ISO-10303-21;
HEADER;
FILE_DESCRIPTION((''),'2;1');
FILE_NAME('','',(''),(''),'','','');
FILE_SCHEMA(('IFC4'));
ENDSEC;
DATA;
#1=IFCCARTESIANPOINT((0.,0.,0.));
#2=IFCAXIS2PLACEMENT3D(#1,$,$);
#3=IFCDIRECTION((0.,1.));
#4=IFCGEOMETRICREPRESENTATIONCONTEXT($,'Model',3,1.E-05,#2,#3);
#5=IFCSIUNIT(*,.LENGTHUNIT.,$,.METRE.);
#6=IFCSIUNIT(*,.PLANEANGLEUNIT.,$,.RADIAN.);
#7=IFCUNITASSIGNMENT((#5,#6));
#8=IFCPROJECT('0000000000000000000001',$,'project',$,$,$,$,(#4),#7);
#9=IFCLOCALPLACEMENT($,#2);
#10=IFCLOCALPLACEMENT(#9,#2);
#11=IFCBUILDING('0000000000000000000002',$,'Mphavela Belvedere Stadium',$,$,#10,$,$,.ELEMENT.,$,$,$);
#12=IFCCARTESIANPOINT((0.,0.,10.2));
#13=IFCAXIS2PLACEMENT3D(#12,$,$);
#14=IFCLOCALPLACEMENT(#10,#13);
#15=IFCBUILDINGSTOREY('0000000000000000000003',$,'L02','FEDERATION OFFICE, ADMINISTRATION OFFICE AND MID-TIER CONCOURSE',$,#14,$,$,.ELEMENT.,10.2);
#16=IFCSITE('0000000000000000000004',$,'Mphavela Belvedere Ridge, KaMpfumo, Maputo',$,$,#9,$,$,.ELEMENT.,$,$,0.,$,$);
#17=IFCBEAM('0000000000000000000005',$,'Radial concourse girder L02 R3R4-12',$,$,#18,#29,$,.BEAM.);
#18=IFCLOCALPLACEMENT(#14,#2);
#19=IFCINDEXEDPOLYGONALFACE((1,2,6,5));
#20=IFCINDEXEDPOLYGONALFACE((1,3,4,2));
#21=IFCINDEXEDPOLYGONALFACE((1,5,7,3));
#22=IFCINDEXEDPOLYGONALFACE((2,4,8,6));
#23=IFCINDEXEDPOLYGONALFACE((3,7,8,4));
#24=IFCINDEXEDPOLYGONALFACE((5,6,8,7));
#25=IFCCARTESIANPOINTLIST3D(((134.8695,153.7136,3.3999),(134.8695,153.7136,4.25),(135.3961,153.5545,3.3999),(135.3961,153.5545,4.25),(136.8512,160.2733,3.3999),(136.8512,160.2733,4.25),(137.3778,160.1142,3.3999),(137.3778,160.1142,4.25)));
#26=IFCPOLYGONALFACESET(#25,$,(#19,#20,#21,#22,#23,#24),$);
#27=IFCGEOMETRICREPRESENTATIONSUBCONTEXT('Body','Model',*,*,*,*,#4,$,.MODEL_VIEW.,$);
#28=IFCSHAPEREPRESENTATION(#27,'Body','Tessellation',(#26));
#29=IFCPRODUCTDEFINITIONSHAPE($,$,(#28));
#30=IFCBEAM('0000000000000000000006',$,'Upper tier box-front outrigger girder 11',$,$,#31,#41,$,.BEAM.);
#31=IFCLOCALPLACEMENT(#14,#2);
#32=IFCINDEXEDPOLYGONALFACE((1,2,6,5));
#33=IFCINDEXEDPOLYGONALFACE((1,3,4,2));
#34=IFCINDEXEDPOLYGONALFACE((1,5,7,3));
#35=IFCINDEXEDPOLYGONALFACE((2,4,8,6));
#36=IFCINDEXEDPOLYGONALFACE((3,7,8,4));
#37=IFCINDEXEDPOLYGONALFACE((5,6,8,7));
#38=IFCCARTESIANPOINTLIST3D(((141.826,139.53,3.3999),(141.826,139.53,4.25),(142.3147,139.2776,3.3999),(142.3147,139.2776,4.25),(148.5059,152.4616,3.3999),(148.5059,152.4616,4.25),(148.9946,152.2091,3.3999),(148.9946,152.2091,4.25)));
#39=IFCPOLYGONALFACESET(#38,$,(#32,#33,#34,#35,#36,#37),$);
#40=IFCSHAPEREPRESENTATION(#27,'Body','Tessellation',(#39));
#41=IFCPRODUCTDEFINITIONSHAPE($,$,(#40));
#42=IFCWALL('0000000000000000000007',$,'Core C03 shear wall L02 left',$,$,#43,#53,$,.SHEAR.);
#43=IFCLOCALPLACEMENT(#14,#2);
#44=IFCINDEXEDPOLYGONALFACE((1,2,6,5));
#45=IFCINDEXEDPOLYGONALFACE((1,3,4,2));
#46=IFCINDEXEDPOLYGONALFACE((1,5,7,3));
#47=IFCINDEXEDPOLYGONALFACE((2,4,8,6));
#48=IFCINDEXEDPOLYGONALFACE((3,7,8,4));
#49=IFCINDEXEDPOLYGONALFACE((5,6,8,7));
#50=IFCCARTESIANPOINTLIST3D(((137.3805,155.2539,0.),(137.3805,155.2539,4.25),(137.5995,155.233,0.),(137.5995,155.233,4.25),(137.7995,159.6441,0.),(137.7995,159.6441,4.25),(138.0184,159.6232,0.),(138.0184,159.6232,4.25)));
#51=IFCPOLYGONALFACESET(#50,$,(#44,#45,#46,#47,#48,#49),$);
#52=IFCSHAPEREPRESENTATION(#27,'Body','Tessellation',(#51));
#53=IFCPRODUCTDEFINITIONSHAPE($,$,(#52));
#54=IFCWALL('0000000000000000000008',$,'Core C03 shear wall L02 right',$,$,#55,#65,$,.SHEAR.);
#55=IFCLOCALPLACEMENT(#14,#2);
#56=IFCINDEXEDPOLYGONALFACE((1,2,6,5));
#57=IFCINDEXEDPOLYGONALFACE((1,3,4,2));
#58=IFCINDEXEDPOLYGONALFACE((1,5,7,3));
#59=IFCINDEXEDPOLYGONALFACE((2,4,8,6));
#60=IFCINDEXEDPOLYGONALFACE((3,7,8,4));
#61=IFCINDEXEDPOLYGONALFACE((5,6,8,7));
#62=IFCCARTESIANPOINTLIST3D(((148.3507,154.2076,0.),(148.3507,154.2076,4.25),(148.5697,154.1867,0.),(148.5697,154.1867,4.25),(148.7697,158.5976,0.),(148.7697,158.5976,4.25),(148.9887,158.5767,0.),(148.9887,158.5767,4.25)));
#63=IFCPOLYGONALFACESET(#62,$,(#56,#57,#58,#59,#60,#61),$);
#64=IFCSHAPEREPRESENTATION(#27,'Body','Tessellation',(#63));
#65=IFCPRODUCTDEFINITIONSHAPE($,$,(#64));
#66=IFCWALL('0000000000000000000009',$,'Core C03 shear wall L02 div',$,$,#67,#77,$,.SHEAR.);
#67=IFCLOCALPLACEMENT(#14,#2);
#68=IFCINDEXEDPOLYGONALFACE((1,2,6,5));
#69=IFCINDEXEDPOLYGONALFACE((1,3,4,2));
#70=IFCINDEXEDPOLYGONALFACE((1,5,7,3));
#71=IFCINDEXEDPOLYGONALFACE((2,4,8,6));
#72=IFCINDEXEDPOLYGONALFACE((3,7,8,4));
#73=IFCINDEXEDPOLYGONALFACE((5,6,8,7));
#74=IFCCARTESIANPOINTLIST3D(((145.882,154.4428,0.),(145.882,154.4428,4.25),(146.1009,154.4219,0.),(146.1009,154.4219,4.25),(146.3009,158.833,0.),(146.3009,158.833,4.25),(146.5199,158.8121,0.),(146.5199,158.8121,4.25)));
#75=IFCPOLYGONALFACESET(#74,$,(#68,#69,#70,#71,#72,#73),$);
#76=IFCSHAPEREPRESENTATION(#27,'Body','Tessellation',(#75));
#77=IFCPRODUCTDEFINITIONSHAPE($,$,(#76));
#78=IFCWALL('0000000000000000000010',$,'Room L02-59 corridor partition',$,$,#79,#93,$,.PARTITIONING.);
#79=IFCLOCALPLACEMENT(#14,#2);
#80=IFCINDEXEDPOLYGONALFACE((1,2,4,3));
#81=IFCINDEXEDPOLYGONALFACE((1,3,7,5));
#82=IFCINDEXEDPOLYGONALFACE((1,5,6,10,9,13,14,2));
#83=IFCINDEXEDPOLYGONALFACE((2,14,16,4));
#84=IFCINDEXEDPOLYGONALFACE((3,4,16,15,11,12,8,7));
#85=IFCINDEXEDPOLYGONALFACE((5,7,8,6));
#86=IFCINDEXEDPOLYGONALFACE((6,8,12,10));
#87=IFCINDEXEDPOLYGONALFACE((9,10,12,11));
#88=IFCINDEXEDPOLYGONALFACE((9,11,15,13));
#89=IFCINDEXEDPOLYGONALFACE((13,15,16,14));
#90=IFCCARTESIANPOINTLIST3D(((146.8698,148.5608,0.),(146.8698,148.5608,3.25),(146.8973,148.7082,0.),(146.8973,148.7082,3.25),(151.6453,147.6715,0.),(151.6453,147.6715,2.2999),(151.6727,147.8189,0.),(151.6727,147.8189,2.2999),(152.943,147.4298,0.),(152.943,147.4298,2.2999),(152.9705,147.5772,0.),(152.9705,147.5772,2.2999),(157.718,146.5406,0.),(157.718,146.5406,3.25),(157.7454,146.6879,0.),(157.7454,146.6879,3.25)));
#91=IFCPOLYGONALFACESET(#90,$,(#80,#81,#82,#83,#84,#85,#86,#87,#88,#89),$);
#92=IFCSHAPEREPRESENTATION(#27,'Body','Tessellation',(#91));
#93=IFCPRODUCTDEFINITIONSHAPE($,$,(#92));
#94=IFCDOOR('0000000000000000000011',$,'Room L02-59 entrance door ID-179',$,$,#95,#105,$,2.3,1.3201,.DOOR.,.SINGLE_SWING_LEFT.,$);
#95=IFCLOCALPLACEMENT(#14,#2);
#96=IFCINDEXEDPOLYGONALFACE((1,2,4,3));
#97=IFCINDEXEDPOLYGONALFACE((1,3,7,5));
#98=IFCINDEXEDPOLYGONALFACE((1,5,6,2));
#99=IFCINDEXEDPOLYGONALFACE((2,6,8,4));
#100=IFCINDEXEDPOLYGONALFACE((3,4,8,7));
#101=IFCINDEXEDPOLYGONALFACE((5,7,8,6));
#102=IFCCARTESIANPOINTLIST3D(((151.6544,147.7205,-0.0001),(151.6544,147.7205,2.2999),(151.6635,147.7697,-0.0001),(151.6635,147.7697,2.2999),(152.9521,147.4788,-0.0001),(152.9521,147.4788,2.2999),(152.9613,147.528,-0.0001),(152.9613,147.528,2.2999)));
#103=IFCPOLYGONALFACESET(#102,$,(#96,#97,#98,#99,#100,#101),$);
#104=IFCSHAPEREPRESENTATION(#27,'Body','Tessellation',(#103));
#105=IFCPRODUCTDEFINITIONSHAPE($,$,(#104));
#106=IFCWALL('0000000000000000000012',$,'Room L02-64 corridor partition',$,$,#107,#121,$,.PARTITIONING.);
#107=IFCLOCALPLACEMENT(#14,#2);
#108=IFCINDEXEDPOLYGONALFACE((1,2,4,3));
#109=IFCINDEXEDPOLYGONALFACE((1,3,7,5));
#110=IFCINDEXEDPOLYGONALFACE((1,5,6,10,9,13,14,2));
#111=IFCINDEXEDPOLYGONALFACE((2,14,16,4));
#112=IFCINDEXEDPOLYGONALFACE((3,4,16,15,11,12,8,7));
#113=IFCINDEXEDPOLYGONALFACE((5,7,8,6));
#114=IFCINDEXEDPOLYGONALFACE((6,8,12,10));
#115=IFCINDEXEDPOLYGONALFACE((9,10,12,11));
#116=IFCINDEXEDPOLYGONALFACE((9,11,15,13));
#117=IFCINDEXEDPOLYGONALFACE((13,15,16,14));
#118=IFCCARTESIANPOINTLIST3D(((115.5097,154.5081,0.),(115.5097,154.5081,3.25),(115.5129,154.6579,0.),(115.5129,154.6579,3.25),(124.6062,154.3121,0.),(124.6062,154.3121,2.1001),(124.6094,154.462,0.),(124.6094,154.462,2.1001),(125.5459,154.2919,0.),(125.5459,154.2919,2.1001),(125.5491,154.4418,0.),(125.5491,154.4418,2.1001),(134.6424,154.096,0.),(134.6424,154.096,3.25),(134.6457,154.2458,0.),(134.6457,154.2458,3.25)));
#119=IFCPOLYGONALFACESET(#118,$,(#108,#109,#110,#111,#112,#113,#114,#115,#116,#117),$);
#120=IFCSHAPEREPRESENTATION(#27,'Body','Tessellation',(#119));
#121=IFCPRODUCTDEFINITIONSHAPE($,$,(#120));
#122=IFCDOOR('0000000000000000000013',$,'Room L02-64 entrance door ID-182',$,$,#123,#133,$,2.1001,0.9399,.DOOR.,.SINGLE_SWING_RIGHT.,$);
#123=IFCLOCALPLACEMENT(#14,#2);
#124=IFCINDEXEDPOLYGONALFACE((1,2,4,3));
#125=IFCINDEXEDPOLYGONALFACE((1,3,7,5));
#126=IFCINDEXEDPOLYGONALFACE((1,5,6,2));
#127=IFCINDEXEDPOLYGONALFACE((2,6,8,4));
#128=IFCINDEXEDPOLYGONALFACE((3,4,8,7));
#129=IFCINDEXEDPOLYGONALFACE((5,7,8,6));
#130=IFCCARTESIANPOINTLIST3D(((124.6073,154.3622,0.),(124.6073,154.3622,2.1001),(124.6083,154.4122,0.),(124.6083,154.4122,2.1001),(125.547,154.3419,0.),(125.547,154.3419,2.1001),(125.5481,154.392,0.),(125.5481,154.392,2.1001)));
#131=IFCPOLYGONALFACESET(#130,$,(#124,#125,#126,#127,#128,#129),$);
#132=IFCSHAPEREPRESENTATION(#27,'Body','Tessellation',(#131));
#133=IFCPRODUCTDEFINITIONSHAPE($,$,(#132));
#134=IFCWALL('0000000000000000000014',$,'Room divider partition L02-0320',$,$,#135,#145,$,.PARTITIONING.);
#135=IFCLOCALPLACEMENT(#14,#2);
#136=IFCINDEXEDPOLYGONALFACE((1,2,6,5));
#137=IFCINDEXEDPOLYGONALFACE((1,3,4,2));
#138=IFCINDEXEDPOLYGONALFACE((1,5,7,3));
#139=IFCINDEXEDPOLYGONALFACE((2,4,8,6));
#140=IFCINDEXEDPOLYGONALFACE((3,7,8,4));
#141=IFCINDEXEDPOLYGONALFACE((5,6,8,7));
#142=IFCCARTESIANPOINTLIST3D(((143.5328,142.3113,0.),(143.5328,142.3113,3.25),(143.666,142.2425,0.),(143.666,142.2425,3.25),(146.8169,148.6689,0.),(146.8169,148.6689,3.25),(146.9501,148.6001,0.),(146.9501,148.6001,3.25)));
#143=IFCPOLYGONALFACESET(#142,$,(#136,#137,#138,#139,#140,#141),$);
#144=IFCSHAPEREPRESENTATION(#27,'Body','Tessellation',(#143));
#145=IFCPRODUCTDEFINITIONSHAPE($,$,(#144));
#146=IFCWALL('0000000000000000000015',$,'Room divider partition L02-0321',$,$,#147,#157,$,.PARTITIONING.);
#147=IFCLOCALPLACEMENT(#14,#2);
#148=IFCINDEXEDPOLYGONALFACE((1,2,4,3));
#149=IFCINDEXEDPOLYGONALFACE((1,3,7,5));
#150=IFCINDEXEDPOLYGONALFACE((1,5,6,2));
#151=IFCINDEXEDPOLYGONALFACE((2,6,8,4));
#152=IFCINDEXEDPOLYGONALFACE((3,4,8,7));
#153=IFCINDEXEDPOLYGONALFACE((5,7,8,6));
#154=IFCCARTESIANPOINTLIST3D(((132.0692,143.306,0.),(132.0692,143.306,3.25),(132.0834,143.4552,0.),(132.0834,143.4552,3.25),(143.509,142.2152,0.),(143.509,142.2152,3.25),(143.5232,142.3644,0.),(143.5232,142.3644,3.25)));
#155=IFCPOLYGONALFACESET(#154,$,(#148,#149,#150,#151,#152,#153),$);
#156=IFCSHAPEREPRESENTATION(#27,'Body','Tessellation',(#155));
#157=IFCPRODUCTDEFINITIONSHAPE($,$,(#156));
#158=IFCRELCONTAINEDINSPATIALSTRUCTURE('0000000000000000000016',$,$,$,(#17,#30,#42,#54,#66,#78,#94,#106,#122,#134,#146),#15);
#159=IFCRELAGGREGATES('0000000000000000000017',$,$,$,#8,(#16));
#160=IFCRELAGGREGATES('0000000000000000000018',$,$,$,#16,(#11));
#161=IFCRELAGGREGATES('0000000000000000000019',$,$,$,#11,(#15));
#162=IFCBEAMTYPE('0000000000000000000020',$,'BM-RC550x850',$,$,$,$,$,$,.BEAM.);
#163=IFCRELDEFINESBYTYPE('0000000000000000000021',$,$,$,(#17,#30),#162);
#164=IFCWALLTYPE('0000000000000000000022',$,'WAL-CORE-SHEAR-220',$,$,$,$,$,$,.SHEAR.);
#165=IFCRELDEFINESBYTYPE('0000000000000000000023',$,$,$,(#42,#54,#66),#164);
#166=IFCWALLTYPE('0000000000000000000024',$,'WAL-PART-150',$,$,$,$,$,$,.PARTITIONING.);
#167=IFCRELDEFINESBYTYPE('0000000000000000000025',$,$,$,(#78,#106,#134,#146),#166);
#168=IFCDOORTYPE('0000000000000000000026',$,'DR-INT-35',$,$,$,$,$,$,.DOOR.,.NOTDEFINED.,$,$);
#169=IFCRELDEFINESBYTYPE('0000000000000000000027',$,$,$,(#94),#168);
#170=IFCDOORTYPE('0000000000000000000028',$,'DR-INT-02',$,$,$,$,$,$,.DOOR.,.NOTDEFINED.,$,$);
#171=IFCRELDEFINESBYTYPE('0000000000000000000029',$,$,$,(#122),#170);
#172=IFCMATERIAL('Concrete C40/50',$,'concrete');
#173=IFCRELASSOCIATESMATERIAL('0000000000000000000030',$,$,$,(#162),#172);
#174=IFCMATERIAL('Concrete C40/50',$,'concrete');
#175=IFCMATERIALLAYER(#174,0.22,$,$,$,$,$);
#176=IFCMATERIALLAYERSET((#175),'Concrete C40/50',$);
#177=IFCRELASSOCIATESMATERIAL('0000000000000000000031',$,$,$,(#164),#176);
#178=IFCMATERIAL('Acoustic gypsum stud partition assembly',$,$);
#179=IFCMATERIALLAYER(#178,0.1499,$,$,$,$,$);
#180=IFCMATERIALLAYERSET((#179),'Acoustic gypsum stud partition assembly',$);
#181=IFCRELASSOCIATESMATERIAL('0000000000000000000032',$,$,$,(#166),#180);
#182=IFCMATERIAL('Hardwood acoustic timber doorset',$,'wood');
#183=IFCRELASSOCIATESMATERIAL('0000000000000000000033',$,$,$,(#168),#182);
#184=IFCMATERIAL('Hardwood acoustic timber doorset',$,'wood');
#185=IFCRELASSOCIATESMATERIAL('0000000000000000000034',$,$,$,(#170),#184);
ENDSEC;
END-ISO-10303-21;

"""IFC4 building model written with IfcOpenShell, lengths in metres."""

from ifc_helpers import new_model, si_unit, direction, frame, frame_2d, origin, origin_2d, place, context, subcontext, project, spatial, rectangle, extrude, material, layer, layer_set, material_profile, profile_set, type_object, element, fill, save


model = new_model("IFC4")

# Units and contexts
model_context = context("Model", 3, precision=1e-05, world=origin(), true_north=direction((0.0, 1.0)))
body_context = subcontext(model_context, "Body", "Model", "MODEL_VIEW")
ifc_project = project(units=[si_unit("LENGTHUNIT", "METRE"), si_unit("PLANEANGLEUNIT", "RADIAN")], contexts=[model_context])

# Site, building, storey
site_placement = place(None, origin())
site = spatial("IfcSite", under=ifc_project, at=site_placement, Name="Mphavela Belvedere Ridge, KaMpfumo, Maputo", CompositionType="ELEMENT", RefElevation=0.0)
building_placement = place(site_placement, origin())
building = spatial("IfcBuilding", under=site, at=building_placement, Name="Mphavela Belvedere Stadium", CompositionType="ELEMENT")
storey_placement = place(building_placement, frame((0.0, 0.0, 10.2)))
storey = spatial("IfcBuildingStorey", under=building, at=storey_placement, Name="L02", Description="FEDERATION OFFICE, ADMINISTRATION OFFICE AND MID-TIER CONCOURSE", CompositionType="ELEMENT", Elevation=10.2)

# Beams
ifc_material_1 = material(Name="Concrete C40/50", Category="concrete")
ifc_material_profile_1 = material_profile(ifc_material_1, rectangle(XDim=0.55, YDim=0.8501, at=origin_2d()), Name="RC 550x850")
ifc_profile_set_1 = profile_set([ifc_material_profile_1], Name="Concrete C40/50")
beam_type_1 = type_object("IfcBeamType", Name="BM-RC550x850", PredefinedType="BEAM", material=ifc_profile_set_1)
beam_1_placement = place(storey_placement, frame((135.1328, 153.634, 3.825), z_axis=(0.289188, 0.957272, 0.0), x_axis=(-0.957272, 0.289188, 0.0)))
element("IfcBeam", 1, at=beam_1_placement, inside=storey, type_object=beam_type_1, Name="Radial concourse girder L02 R3R4-12", PredefinedType="BEAM", context=body_context, shape_type="SweptSolid", body=[
    extrude(rectangle(XDim=0.55, YDim=0.8501, at=origin_2d()), origin(), (0.0, 0.0, 1.0), 6.8525),
])
beam_2_placement = place(storey_placement, frame((142.0703, 139.4038, 3.825), z_axis=(0.458943, 0.888466, 0.0), x_axis=(-0.888466, 0.458943, 0.0)))
element("IfcBeam", 2, at=beam_2_placement, inside=storey, type_object=beam_type_1, Name="Upper tier box-front outrigger girder 11", PredefinedType="BEAM", context=body_context, shape_type="SweptSolid", body=[
    extrude(rectangle(XDim=0.55, YDim=0.8501, at=origin_2d()), origin(), (0.0, 0.0, 1.0), 14.5549),
])

# Walls
ifc_material_2 = material(Name="Concrete C40/50", Category="concrete")
ifc_layer_1 = layer(ifc_material_2, 0.22)
ifc_layer_set_1 = layer_set([ifc_layer_1], Name="Concrete C40/50")
wall_type_1 = type_object("IfcWallType", Name="WAL-CORE-SHEAR-220", PredefinedType="SHEAR", material=ifc_layer_set_1)
wall_1_placement = place(storey_placement, frame((137.49, 155.2434, 0.0), z_axis=(0.0, 0.0, 1.0), x_axis=(0.094997, 0.995478, 0.0)))
element("IfcWall", 3, at=wall_1_placement, inside=storey, type_object=wall_type_1, Name="Core C03 shear wall L02 left", PredefinedType="SHEAR", context=body_context, shape_type="SweptSolid", body=[
    extrude(rectangle(XDim=4.4102, YDim=0.22, at=frame_2d((2.2051, 0.0))), origin(), (0.0, 0.0, 1.0), 4.25),
])
wall_2_placement = place(storey_placement, frame((148.4602, 154.197, 0.0), z_axis=(0.0, 0.0, 1.0), x_axis=(0.095002, 0.995477, 0.0)))
element("IfcWall", 4, at=wall_2_placement, inside=storey, type_object=wall_type_1, Name="Core C03 shear wall L02 right", PredefinedType="SHEAR", context=body_context, shape_type="SweptSolid", body=[
    extrude(rectangle(XDim=4.4099, YDim=0.22, at=frame_2d((2.2051, 0.0))), origin(), (0.0, 0.0, 1.0), 4.25),
])

# Wall
wall_3_placement = place(storey_placement, frame((145.9915, 154.4324, 0.0), z_axis=(0.0, 0.0, 1.0), x_axis=(0.094997, 0.995478, 0.0)))
element("IfcWall", 5, at=wall_3_placement, inside=storey, type_object=wall_type_1, Name="Core C03 shear wall L02 div", PredefinedType="SHEAR", context=body_context, shape_type="SweptSolid", body=[
    extrude(rectangle(XDim=4.4102, YDim=0.22, at=frame_2d((2.2051, 0.0))), origin(), (0.0, 0.0, 1.0), 4.25),
])

# Walls, openings, doors
ifc_material_3 = material(Name="Acoustic gypsum stud partition assembly")
ifc_layer_2 = layer(ifc_material_3, 0.1499)
ifc_layer_set_2 = layer_set([ifc_layer_2], Name="Acoustic gypsum stud partition assembly")
wall_type_2 = type_object("IfcWallType", Name="WAL-PART-150", PredefinedType="PARTITIONING", material=ifc_layer_set_2)
wall_4_placement = place(storey_placement, frame((146.8835, 148.6345, 0.0), z_axis=(0.0, 0.0, 1.0), x_axis=(0.983097, -0.183083, 0.0)))
wall_4 = element("IfcWall", 6, at=wall_4_placement, inside=storey, type_object=wall_type_2, Name="Room L02-59 corridor partition", PredefinedType="PARTITIONING", context=body_context, shape_type="SweptSolid", body=[
    extrude(rectangle(XDim=11.0347, YDim=0.1499, at=frame_2d((5.5173, 0.0))), origin(), (0.0, 0.0, 1.0), 3.25),
])
opening_1_placement = place(wall_4_placement, frame((4.8574, 0.0, 0.0)))
opening_1 = element("IfcOpeningElement", 7, at=opening_1_placement, cuts=wall_4, PredefinedType="OPENING", context=body_context, shape_type="SweptSolid", body=[
    extrude(rectangle(XDim=1.3201, YDim=2.3, at=frame_2d((0.6602, 1.1499))), frame((0.0, 0.085, 0.0), z_axis=(0.0, -1.0, 0.0), x_axis=(1.0, 0.0, 0.0)), (0.0, 0.0, 1.0), 0.1699),
])
ifc_material_4 = material(Name="Hardwood acoustic timber doorset", Category="wood")
door_type_1 = type_object("IfcDoorType", Name="DR-INT-35", OperationType="NOTDEFINED", PredefinedType="DOOR", material=ifc_material_4)
door_1_placement = place(opening_1_placement, origin())
door_1 = element("IfcDoor", 8, at=door_1_placement, inside=storey, type_object=door_type_1, Name="Room L02-59 entrance door ID-179", OperationType="SINGLE_SWING_LEFT", OverallHeight=2.3, OverallWidth=1.3201, PredefinedType="DOOR", context=body_context, shape_type="SweptSolid", body=[
    extrude(rectangle(XDim=1.3201, YDim=2.3, at=frame_2d((0.6602, 1.1499))), frame((0.0, 0.0249, 0.0), z_axis=(0.0, -1.0, 0.0), x_axis=(1.0, 0.0, 0.0)), (0.0, 0.0, 1.0), 0.05),
])
fill(opening_1, door_1)
wall_5_placement = place(storey_placement, frame((134.644, 154.1709, 0.0), z_axis=(0.0, 0.0, 1.0), x_axis=(-0.999768, 0.021534, 0.0)))
wall_5 = element("IfcWall", 9, at=wall_5_placement, inside=storey, type_object=wall_type_2, Name="Room L02-64 corridor partition", PredefinedType="PARTITIONING", context=body_context, shape_type="SweptSolid", body=[
    extrude(rectangle(XDim=19.1372, YDim=0.1499, at=frame_2d((9.5686, 0.0))), origin(), (0.0, 0.0, 1.0), 3.25),
])
opening_2_placement = place(wall_5_placement, frame((9.0986, 0.0, 0.0)))
opening_2 = element("IfcOpeningElement", 10, at=opening_2_placement, cuts=wall_5, PredefinedType="OPENING", context=body_context, shape_type="SweptSolid", body=[
    extrude(rectangle(XDim=0.9399, YDim=2.1001, at=frame_2d((0.47, 1.05))), frame((0.0, 0.085, 0.0), z_axis=(0.0, -1.0, 0.0), x_axis=(1.0, 0.0, 0.0)), (0.0, 0.0, 1.0), 0.1699),
])
ifc_material_5 = material(Name="Hardwood acoustic timber doorset", Category="wood")
door_type_2 = type_object("IfcDoorType", Name="DR-INT-02", OperationType="NOTDEFINED", PredefinedType="DOOR", material=ifc_material_5)
door_2_placement = place(opening_2_placement, origin())
door_2 = element("IfcDoor", 11, at=door_2_placement, inside=storey, type_object=door_type_2, Name="Room L02-64 entrance door ID-182", OperationType="SINGLE_SWING_RIGHT", OverallHeight=2.1001, OverallWidth=0.9399, PredefinedType="DOOR", context=body_context, shape_type="SweptSolid", body=[
    extrude(rectangle(XDim=0.9399, YDim=2.1001, at=frame_2d((0.47, 1.05))), frame((0.0, 0.0249, 0.0), z_axis=(0.0, -1.0, 0.0), x_axis=(1.0, 0.0, 0.0)), (0.0, 0.0, 1.0), 0.05),
])
fill(opening_2, door_2)

# Walls
wall_6_placement = place(storey_placement, frame((143.5994, 142.2769, 0.0), z_axis=(0.0, 0.0, 1.0), x_axis=(0.458952, 0.888461, 0.0)))
element("IfcWall", 12, at=wall_6_placement, inside=storey, type_object=wall_type_2, Name="Room divider partition L02-0320", PredefinedType="PARTITIONING", context=body_context, shape_type="SweptSolid", body=[
    extrude(rectangle(XDim=7.1558, YDim=0.1499, at=frame_2d((3.5779, 0.0))), origin(), (0.0, 0.0, 1.0), 3.25),
])
wall_7_placement = place(storey_placement, frame((143.5161, 142.2898, 0.0), z_axis=(0.0, 0.0, 1.0), x_axis=(-0.995485, 0.094923, 0.0)))
element("IfcWall", 13, at=wall_7_placement, inside=storey, type_object=wall_type_2, Name="Room divider partition L02-0321", PredefinedType="PARTITIONING", context=body_context, shape_type="SweptSolid", body=[
    extrude(rectangle(XDim=11.4917, YDim=0.1499, at=frame_2d((5.7458, 0.0))), origin(), (0.0, 0.0, 1.0), 3.25),
])

save(model, "model.ifc")
